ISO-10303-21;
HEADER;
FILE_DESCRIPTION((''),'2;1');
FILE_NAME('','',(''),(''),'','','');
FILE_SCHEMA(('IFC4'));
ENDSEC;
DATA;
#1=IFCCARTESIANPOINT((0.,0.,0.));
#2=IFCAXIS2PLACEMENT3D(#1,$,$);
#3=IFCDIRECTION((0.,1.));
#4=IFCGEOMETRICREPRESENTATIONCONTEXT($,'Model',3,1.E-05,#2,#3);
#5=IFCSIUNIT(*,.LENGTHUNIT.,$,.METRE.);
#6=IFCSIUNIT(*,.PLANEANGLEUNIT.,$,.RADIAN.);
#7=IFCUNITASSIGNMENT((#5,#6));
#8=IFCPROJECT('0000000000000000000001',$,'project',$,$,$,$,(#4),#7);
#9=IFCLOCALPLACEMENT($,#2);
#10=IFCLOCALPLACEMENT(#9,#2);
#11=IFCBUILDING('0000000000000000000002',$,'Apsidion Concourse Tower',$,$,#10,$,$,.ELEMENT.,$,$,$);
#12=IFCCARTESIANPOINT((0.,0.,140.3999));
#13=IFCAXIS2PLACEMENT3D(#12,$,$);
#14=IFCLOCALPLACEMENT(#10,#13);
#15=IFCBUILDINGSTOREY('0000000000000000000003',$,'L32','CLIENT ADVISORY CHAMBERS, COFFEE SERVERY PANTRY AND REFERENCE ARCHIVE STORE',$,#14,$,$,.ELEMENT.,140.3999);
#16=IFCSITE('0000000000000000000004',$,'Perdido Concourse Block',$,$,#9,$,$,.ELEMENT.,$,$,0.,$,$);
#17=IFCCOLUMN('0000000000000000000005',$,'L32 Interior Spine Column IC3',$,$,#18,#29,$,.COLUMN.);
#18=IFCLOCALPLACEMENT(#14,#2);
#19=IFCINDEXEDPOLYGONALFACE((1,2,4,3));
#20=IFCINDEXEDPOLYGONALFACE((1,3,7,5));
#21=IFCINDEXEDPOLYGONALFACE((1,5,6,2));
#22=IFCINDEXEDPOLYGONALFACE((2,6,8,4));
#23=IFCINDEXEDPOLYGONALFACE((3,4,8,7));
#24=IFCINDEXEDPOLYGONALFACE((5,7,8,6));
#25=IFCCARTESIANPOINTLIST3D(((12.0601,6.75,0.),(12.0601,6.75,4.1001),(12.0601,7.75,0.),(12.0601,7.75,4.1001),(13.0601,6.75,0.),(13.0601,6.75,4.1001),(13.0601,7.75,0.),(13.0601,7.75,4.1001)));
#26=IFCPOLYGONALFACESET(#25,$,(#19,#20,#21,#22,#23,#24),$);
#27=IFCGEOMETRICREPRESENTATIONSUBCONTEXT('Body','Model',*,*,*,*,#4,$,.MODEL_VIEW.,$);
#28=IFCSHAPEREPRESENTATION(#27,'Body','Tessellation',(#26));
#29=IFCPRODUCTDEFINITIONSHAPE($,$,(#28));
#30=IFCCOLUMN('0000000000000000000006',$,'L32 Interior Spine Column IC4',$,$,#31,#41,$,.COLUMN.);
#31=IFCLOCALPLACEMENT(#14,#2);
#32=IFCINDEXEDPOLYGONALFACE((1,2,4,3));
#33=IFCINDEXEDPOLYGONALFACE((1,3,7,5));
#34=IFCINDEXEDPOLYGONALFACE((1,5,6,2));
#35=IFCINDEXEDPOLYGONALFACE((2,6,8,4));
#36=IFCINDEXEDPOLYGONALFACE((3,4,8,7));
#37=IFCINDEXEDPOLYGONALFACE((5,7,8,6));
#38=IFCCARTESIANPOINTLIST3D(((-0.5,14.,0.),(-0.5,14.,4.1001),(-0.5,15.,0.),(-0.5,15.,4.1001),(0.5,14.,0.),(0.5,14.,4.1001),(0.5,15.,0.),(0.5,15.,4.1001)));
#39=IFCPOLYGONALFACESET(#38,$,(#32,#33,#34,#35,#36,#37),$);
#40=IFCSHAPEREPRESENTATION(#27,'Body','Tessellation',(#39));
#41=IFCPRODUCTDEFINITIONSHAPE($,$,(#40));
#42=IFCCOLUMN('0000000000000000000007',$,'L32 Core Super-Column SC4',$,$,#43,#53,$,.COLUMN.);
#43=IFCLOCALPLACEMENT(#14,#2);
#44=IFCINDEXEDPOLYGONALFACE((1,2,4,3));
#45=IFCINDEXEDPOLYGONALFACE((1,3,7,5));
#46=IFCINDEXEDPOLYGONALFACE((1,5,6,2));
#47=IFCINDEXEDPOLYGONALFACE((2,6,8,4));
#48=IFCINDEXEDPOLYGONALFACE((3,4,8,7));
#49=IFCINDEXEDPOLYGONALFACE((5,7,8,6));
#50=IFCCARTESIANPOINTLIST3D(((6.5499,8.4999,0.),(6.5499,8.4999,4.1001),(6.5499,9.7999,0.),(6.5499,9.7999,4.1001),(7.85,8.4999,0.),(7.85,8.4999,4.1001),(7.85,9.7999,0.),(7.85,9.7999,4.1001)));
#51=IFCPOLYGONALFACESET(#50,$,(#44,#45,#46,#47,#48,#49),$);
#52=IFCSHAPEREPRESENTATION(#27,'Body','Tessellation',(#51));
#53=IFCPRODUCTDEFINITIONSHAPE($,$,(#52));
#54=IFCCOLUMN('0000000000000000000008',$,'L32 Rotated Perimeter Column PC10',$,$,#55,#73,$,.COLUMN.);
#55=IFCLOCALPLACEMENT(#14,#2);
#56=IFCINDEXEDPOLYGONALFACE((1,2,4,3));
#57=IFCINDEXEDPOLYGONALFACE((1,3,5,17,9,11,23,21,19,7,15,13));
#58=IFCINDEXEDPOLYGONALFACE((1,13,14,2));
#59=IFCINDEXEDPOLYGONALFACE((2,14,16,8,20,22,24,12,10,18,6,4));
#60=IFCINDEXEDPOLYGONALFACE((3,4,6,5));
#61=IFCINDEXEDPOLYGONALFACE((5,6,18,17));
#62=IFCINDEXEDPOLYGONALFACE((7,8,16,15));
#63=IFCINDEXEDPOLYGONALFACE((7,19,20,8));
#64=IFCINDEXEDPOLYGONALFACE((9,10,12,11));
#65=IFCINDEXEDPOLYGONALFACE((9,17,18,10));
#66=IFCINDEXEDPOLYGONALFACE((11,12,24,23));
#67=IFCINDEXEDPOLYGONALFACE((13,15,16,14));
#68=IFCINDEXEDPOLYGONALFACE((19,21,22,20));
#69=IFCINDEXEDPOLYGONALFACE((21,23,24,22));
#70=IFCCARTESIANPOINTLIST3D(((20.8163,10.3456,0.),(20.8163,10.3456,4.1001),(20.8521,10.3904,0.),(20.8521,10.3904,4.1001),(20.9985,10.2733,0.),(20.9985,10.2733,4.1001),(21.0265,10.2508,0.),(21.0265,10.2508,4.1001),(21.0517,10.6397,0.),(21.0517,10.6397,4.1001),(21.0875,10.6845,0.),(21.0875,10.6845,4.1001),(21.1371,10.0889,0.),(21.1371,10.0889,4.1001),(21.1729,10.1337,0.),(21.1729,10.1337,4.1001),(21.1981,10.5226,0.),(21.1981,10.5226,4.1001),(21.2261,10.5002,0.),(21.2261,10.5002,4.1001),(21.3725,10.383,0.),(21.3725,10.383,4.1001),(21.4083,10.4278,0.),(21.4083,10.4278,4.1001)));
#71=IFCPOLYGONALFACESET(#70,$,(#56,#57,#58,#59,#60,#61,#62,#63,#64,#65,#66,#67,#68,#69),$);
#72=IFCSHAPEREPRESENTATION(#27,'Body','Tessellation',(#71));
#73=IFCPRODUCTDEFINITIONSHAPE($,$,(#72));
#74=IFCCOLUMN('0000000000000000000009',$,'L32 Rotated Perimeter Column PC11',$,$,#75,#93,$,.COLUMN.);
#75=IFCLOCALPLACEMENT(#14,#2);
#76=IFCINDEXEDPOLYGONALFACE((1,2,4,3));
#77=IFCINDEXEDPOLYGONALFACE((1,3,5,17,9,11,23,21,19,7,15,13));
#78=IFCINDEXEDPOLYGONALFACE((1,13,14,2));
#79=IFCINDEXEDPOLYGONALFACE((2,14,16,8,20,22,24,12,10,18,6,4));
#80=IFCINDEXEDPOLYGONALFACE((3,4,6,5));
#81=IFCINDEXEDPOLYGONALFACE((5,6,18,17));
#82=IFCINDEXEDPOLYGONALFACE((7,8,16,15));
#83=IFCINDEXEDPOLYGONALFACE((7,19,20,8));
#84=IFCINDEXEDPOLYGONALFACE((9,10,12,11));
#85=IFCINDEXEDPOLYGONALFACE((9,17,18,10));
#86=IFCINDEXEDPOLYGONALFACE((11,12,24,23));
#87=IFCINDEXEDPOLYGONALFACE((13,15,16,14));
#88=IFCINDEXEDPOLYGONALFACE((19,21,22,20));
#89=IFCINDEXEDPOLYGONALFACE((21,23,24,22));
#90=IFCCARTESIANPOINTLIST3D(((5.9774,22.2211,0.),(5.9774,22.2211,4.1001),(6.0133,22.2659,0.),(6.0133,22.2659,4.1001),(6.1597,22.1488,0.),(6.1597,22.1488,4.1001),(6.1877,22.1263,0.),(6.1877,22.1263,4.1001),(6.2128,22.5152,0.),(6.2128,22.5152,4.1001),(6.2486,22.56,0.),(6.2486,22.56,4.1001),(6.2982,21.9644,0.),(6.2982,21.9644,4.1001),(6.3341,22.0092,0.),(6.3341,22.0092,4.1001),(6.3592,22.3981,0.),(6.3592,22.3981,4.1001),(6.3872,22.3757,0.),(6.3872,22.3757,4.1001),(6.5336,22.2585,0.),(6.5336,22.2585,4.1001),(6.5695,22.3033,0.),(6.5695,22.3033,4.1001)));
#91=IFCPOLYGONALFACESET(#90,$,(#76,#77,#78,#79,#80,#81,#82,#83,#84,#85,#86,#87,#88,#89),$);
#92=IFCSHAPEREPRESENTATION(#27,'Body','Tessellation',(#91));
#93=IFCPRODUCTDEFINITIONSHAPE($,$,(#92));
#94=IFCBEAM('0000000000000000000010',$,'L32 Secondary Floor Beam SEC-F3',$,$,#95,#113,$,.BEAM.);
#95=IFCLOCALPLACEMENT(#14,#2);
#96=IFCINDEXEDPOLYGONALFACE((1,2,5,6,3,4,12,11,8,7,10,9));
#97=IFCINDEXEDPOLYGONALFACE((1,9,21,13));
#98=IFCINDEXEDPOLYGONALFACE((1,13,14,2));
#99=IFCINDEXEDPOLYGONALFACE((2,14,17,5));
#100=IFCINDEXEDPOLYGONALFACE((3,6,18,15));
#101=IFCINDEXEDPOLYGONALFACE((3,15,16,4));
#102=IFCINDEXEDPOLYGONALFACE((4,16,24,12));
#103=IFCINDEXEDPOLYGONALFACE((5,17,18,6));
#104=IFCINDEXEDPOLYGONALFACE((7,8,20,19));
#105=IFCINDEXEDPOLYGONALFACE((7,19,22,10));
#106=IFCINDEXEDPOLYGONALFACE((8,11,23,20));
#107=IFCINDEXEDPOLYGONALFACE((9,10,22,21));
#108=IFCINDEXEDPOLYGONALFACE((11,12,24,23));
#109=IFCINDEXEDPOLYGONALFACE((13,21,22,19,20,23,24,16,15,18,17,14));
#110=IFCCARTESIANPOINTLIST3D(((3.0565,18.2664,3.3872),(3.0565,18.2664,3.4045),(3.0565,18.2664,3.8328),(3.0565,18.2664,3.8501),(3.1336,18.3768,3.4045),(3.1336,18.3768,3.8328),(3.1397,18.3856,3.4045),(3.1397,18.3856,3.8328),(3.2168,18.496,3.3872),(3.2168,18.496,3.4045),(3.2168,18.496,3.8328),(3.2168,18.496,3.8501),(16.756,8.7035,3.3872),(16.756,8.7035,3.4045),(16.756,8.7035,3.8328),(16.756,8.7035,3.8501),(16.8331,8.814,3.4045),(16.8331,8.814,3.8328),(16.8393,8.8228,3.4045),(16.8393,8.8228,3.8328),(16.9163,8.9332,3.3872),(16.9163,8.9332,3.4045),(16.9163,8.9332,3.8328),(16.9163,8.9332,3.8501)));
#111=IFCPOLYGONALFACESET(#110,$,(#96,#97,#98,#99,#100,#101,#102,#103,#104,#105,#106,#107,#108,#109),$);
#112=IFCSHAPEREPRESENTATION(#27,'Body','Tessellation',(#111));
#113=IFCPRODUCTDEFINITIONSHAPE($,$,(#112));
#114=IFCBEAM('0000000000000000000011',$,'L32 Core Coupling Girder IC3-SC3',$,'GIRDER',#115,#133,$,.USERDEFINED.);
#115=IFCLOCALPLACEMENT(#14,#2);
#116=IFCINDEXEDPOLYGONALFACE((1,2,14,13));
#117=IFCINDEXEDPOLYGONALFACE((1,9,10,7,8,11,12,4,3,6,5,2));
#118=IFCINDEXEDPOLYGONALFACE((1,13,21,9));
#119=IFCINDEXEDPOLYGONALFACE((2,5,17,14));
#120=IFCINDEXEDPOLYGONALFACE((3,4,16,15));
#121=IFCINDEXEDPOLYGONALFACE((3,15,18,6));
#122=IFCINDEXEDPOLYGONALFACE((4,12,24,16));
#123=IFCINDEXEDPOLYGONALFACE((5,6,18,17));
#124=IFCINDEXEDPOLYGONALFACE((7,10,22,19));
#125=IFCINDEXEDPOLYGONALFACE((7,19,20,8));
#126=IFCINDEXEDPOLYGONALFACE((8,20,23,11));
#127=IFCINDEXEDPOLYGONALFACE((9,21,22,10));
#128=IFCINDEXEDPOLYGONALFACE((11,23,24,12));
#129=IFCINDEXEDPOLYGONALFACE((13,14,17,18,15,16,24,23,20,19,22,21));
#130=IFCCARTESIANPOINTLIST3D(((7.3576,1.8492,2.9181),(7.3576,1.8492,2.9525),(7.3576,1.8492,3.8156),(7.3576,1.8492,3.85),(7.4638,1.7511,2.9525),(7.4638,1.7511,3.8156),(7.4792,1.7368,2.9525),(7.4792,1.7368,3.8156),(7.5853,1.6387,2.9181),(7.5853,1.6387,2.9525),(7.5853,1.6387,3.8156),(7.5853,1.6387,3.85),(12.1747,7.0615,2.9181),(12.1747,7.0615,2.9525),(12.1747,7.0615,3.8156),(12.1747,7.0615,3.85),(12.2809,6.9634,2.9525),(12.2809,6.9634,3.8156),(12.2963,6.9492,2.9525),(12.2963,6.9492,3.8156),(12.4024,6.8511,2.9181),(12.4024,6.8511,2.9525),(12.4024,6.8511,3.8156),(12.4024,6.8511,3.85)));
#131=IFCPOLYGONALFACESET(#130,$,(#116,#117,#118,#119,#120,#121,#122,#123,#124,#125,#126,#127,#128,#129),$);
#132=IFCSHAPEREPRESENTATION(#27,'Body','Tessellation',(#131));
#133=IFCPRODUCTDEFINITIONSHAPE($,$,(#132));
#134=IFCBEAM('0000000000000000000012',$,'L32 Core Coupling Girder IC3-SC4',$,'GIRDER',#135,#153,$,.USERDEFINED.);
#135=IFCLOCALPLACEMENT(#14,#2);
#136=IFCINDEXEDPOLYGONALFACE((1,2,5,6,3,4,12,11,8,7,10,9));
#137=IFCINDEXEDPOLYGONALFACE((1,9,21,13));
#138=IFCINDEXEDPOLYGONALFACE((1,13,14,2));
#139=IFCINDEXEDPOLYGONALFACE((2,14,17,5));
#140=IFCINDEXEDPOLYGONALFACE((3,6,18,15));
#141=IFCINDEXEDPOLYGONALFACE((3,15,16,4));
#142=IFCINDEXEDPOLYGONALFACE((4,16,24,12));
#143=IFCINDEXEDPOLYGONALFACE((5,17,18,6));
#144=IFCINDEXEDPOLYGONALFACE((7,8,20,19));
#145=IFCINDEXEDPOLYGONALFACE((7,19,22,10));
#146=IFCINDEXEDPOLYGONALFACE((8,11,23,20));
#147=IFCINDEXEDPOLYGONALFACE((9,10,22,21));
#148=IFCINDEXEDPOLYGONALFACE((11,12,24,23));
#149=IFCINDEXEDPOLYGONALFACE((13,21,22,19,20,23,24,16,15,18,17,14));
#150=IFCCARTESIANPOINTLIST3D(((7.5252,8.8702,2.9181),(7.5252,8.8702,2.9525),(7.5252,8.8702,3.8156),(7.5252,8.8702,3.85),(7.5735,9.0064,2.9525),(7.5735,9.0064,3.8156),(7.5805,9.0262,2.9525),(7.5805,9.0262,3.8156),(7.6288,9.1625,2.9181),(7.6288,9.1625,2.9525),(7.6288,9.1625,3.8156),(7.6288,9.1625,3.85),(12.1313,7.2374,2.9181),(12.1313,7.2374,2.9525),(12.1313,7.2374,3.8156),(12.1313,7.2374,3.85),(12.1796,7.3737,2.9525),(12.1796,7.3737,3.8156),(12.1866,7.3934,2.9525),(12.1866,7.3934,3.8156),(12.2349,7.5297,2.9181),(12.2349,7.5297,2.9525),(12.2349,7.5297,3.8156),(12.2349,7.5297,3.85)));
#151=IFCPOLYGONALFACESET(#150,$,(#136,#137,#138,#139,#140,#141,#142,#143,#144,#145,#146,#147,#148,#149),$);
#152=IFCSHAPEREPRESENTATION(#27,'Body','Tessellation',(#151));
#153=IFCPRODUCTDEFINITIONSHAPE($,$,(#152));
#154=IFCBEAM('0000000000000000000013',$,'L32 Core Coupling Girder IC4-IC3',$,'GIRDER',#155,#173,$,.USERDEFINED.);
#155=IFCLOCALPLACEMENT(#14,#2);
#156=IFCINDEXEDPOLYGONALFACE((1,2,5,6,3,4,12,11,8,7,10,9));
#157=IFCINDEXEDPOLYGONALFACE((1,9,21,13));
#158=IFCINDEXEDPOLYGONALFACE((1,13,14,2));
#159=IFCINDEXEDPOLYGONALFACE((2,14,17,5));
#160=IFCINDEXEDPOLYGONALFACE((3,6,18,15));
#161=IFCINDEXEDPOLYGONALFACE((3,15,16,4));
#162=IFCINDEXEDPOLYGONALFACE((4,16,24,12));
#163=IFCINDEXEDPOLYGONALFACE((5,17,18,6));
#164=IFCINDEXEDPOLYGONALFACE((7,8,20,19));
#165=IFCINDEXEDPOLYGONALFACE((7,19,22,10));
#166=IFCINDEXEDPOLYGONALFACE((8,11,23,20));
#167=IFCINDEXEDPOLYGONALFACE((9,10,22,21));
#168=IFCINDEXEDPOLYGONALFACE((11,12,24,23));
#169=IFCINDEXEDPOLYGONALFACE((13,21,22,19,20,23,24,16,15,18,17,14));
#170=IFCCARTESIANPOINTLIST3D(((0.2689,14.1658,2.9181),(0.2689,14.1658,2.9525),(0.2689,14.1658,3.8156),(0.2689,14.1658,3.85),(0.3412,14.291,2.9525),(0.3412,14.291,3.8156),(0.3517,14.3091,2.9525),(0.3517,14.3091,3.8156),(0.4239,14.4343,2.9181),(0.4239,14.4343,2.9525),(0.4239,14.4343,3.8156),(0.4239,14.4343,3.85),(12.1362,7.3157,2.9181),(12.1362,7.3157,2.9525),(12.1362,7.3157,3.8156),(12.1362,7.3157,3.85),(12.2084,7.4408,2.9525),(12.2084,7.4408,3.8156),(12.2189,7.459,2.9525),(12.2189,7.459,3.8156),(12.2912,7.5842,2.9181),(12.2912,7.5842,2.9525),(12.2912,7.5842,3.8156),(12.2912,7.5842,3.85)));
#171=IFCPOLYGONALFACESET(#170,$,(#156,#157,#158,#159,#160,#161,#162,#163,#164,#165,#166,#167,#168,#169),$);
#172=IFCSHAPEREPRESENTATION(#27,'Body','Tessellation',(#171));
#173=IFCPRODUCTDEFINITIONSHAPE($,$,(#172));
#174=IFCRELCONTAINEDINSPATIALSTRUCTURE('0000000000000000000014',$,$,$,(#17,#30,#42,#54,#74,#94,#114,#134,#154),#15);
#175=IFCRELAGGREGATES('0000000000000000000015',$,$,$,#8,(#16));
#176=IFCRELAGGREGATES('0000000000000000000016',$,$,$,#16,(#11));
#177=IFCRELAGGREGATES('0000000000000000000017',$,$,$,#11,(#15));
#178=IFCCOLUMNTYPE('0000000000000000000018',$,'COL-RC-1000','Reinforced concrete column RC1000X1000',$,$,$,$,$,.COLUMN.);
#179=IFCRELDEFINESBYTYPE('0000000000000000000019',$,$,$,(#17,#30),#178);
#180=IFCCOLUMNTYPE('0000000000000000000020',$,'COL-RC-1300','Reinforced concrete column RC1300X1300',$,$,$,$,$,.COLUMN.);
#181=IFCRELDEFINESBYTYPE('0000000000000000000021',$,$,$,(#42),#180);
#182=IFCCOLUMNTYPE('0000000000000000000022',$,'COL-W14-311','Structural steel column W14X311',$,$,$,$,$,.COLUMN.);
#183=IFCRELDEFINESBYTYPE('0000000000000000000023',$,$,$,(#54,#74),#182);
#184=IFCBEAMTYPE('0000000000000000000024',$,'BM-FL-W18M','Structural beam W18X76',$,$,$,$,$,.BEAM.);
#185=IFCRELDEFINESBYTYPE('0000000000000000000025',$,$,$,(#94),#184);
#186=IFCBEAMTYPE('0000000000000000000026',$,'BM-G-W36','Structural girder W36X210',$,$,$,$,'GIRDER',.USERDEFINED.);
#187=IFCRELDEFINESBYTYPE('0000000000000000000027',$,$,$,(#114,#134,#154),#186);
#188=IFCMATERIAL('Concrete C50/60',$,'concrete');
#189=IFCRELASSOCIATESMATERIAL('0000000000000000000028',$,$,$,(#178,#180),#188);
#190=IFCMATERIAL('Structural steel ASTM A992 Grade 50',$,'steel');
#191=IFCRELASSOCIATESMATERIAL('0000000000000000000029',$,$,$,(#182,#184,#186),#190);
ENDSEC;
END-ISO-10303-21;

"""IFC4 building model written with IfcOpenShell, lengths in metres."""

from ifc_helpers import new_model, si_unit, direction, frame, origin, origin_2d, place, context, subcontext, project, spatial, rectangle, i_section, extrude, material, material_profile, profile_set, type_object, element, save


model = new_model("IFC4")

# Units and contexts
model_context = context("Model", 3, precision=1e-05, world=origin(), true_north=direction((0.0, 1.0)))
body_context = subcontext(model_context, "Body", "Model", "MODEL_VIEW")
ifc_project = project(units=[si_unit("LENGTHUNIT", "METRE"), si_unit("PLANEANGLEUNIT", "RADIAN")], contexts=[model_context])

# Site, building, storey
site_placement = place(None, origin())
site = spatial("IfcSite", under=ifc_project, at=site_placement, Name="Perdido Concourse Block", CompositionType="ELEMENT", RefElevation=0.0)
building_placement = place(site_placement, origin())
building = spatial("IfcBuilding", under=site, at=building_placement, Name="Apsidion Concourse Tower", CompositionType="ELEMENT")
storey_placement = place(building_placement, frame((0.0, 0.0, 140.3999)))
storey = spatial("IfcBuildingStorey", under=building, at=storey_placement, Name="L32", Description="CLIENT ADVISORY CHAMBERS, COFFEE SERVERY PANTRY AND REFERENCE ARCHIVE STORE", CompositionType="ELEMENT", Elevation=140.3999)

# Columns
ifc_material_1 = material(Name="Concrete C50/60", Category="concrete")
ifc_material_profile_1 = material_profile(ifc_material_1, rectangle(XDim=1.0, YDim=1.0, at=origin_2d()), Name="RC 1000x1000")
ifc_profile_set_1 = profile_set([ifc_material_profile_1], Name="Concrete C50/60")
column_type_1 = type_object("IfcColumnType", Name="COL-RC-1000", Description="Reinforced concrete column RC1000X1000", PredefinedType="COLUMN", material=ifc_profile_set_1)
for number, where, z_axis, x_axis, name in (
    (1, (12.5601, 7.25, 0.0), (0.0, 0.0, 1.0), (1.0, 0.0, 0.0), "L32 Interior Spine Column IC3"),
    (2, (0.0, 14.5, 0.0), (0.0, 0.0, 1.0), (1.0, 0.0, 0.0), "L32 Interior Spine Column IC4"),
):
    element("IfcColumn", number, at=place(storey_placement, frame(where, z_axis=z_axis, x_axis=x_axis)), inside=storey, type_object=column_type_1, Name=name, PredefinedType="COLUMN", context=body_context, shape_type="SweptSolid", body=[
        extrude(rectangle(XDim=1.0, YDim=1.0, at=origin_2d()), origin(), (0.0, 0.0, 1.0), 4.1001),
    ])
ifc_material_profile_2 = material_profile(ifc_material_1, rectangle(XDim=1.3, YDim=1.3, at=origin_2d()), Name="RC 1300x1300")
ifc_profile_set_2 = profile_set([ifc_material_profile_2], Name="Concrete C50/60")
column_type_2 = type_object("IfcColumnType", Name="COL-RC-1300", Description="Reinforced concrete column RC1300X1300", PredefinedType="COLUMN", material=ifc_profile_set_2)
column_placement = place(storey_placement, frame((7.2, 9.1499, 0.0), z_axis=(0.0, 0.0, 1.0), x_axis=(1.0, 0.0, 0.0)))
element("IfcColumn", 3, at=column_placement, inside=storey, type_object=column_type_2, Name="L32 Core Super-Column SC4", PredefinedType="COLUMN", context=body_context, shape_type="SweptSolid", body=[
    extrude(rectangle(XDim=1.3, YDim=1.3, at=origin_2d()), origin(), (0.0, 0.0, 1.0), 4.1001),
])
ifc_material_2 = material(Name="Structural steel ASTM A992 Grade 50", Category="steel")
ifc_material_profile_3 = material_profile(ifc_material_2, i_section(OverallWidth=0.4109, OverallDepth=0.4341, WebThickness=0.0359, FlangeThickness=0.0574, at=origin_2d()), Name="W14X311")
ifc_profile_set_3 = profile_set([ifc_material_profile_3], Name="Structural steel ASTM A992 Grade 50")
column_type_3 = type_object("IfcColumnType", Name="COL-W14-311", Description="Structural steel column W14X311", PredefinedType="COLUMN", material=ifc_profile_set_3)
for number, where, z_axis, x_axis, name in (
    (4, (21.1123, 10.3867, 0.0), (0.0, 0.0, 1.0), (-0.780758, 0.624834, 0.0), "L32 Rotated Perimeter Column PC10"),
    (5, (6.2734, 22.2622, 0.0), (0.0, 0.0, 1.0), (-0.780758, 0.624834, 0.0), "L32 Rotated Perimeter Column PC11"),
):
    element("IfcColumn", number, at=place(storey_placement, frame(where, z_axis=z_axis, x_axis=x_axis)), inside=storey, type_object=column_type_3, Name=name, PredefinedType="COLUMN", context=body_context, shape_type="SweptSolid", body=[
        extrude(i_section(OverallWidth=0.4109, OverallDepth=0.4341, WebThickness=0.0359, FlangeThickness=0.0574, at=origin_2d()), origin(), (0.0, 0.0, 1.0), 4.1001),
    ])

# Beams
ifc_material_profile_4 = material_profile(ifc_material_2, i_section(OverallWidth=0.28, OverallDepth=0.4629, WebThickness=0.0107, FlangeThickness=0.0173, at=origin_2d()), Name="W18X76")
ifc_profile_set_4 = profile_set([ifc_material_profile_4], Name="Structural steel ASTM A992 Grade 50")
beam_type_1 = type_object("IfcBeamType", Name="BM-FL-W18M", Description="Structural beam W18X76", PredefinedType="BEAM", material=ifc_profile_set_4)
beam_1_placement = place(storey_placement, frame((16.8362, 8.8184, 3.6187), z_axis=(-0.819987, 0.572382, 0.0), x_axis=(-0.572382, -0.819987, 0.0)))
element("IfcBeam", 6, at=beam_1_placement, inside=storey, type_object=beam_type_1, Name="L32 Secondary Floor Beam SEC-F3", PredefinedType="BEAM", context=body_context, shape_type="SweptSolid", body=[
    extrude(i_section(OverallWidth=0.28, OverallDepth=0.4629, WebThickness=0.0107, FlangeThickness=0.0173, at=origin_2d()), origin(), (0.0, 0.0, 1.0), 16.707),
])
ifc_material_profile_5 = material_profile(ifc_material_2, i_section(OverallWidth=0.3101, OverallDepth=0.9319, WebThickness=0.021, FlangeThickness=0.0344, at=origin_2d()), Name="W36X210")
ifc_profile_set_5 = profile_set([ifc_material_profile_5], Name="Structural steel ASTM A992 Grade 50")
beam_type_2 = type_object("IfcBeamType", Name="BM-G-W36", Description="Structural girder W36X210", ElementType="GIRDER", PredefinedType="USERDEFINED", material=ifc_profile_set_5)
beam_2_placement = place(storey_placement, frame((12.2886, 6.9563, 3.384), z_axis=(-0.678713, -0.734404, 0.0), x_axis=(0.734404, -0.678713, 0.0)))
element("IfcBeam", 7, at=beam_2_placement, inside=storey, type_object=beam_type_2, Name="L32 Core Coupling Girder IC3-SC3", ObjectType="GIRDER", PredefinedType="USERDEFINED", context=body_context, shape_type="SweptSolid", body=[
    extrude(i_section(OverallWidth=0.3101, OverallDepth=0.9319, WebThickness=0.021, FlangeThickness=0.0344, at=origin_2d()), origin(), (0.0, 0.0, 1.0), 7.0974),
])
beam_3_placement = place(storey_placement, frame((12.1831, 7.3835, 3.384), z_axis=(-0.942534, 0.334111, 0.0), x_axis=(-0.334111, -0.942534, 0.0)))
element("IfcBeam", 8, at=beam_3_placement, inside=storey, type_object=beam_type_2, Name="L32 Core Coupling Girder IC3-SC4", ObjectType="GIRDER", PredefinedType="USERDEFINED", context=body_context, shape_type="SweptSolid", body=[
    extrude(i_section(OverallWidth=0.3101, OverallDepth=0.9319, WebThickness=0.021, FlangeThickness=0.0344, at=origin_2d()), origin(), (0.0, 0.0, 1.0), 4.887),
])
beam_4_placement = place(storey_placement, frame((0.3464, 14.3, 3.384), z_axis=(0.86607, -0.499922, 0.0), x_axis=(0.499922, 0.86607, 0.0)))
element("IfcBeam", 9, at=beam_4_placement, inside=storey, type_object=beam_type_2, Name="L32 Core Coupling Girder IC4-IC3", ObjectType="GIRDER", PredefinedType="USERDEFINED", context=body_context, shape_type="SweptSolid", body=[
    extrude(i_section(OverallWidth=0.3101, OverallDepth=0.9319, WebThickness=0.021, FlangeThickness=0.0344, at=origin_2d()), origin(), (0.0, 0.0, 1.0), 13.7024),
])

save(model, "model.ifc")
